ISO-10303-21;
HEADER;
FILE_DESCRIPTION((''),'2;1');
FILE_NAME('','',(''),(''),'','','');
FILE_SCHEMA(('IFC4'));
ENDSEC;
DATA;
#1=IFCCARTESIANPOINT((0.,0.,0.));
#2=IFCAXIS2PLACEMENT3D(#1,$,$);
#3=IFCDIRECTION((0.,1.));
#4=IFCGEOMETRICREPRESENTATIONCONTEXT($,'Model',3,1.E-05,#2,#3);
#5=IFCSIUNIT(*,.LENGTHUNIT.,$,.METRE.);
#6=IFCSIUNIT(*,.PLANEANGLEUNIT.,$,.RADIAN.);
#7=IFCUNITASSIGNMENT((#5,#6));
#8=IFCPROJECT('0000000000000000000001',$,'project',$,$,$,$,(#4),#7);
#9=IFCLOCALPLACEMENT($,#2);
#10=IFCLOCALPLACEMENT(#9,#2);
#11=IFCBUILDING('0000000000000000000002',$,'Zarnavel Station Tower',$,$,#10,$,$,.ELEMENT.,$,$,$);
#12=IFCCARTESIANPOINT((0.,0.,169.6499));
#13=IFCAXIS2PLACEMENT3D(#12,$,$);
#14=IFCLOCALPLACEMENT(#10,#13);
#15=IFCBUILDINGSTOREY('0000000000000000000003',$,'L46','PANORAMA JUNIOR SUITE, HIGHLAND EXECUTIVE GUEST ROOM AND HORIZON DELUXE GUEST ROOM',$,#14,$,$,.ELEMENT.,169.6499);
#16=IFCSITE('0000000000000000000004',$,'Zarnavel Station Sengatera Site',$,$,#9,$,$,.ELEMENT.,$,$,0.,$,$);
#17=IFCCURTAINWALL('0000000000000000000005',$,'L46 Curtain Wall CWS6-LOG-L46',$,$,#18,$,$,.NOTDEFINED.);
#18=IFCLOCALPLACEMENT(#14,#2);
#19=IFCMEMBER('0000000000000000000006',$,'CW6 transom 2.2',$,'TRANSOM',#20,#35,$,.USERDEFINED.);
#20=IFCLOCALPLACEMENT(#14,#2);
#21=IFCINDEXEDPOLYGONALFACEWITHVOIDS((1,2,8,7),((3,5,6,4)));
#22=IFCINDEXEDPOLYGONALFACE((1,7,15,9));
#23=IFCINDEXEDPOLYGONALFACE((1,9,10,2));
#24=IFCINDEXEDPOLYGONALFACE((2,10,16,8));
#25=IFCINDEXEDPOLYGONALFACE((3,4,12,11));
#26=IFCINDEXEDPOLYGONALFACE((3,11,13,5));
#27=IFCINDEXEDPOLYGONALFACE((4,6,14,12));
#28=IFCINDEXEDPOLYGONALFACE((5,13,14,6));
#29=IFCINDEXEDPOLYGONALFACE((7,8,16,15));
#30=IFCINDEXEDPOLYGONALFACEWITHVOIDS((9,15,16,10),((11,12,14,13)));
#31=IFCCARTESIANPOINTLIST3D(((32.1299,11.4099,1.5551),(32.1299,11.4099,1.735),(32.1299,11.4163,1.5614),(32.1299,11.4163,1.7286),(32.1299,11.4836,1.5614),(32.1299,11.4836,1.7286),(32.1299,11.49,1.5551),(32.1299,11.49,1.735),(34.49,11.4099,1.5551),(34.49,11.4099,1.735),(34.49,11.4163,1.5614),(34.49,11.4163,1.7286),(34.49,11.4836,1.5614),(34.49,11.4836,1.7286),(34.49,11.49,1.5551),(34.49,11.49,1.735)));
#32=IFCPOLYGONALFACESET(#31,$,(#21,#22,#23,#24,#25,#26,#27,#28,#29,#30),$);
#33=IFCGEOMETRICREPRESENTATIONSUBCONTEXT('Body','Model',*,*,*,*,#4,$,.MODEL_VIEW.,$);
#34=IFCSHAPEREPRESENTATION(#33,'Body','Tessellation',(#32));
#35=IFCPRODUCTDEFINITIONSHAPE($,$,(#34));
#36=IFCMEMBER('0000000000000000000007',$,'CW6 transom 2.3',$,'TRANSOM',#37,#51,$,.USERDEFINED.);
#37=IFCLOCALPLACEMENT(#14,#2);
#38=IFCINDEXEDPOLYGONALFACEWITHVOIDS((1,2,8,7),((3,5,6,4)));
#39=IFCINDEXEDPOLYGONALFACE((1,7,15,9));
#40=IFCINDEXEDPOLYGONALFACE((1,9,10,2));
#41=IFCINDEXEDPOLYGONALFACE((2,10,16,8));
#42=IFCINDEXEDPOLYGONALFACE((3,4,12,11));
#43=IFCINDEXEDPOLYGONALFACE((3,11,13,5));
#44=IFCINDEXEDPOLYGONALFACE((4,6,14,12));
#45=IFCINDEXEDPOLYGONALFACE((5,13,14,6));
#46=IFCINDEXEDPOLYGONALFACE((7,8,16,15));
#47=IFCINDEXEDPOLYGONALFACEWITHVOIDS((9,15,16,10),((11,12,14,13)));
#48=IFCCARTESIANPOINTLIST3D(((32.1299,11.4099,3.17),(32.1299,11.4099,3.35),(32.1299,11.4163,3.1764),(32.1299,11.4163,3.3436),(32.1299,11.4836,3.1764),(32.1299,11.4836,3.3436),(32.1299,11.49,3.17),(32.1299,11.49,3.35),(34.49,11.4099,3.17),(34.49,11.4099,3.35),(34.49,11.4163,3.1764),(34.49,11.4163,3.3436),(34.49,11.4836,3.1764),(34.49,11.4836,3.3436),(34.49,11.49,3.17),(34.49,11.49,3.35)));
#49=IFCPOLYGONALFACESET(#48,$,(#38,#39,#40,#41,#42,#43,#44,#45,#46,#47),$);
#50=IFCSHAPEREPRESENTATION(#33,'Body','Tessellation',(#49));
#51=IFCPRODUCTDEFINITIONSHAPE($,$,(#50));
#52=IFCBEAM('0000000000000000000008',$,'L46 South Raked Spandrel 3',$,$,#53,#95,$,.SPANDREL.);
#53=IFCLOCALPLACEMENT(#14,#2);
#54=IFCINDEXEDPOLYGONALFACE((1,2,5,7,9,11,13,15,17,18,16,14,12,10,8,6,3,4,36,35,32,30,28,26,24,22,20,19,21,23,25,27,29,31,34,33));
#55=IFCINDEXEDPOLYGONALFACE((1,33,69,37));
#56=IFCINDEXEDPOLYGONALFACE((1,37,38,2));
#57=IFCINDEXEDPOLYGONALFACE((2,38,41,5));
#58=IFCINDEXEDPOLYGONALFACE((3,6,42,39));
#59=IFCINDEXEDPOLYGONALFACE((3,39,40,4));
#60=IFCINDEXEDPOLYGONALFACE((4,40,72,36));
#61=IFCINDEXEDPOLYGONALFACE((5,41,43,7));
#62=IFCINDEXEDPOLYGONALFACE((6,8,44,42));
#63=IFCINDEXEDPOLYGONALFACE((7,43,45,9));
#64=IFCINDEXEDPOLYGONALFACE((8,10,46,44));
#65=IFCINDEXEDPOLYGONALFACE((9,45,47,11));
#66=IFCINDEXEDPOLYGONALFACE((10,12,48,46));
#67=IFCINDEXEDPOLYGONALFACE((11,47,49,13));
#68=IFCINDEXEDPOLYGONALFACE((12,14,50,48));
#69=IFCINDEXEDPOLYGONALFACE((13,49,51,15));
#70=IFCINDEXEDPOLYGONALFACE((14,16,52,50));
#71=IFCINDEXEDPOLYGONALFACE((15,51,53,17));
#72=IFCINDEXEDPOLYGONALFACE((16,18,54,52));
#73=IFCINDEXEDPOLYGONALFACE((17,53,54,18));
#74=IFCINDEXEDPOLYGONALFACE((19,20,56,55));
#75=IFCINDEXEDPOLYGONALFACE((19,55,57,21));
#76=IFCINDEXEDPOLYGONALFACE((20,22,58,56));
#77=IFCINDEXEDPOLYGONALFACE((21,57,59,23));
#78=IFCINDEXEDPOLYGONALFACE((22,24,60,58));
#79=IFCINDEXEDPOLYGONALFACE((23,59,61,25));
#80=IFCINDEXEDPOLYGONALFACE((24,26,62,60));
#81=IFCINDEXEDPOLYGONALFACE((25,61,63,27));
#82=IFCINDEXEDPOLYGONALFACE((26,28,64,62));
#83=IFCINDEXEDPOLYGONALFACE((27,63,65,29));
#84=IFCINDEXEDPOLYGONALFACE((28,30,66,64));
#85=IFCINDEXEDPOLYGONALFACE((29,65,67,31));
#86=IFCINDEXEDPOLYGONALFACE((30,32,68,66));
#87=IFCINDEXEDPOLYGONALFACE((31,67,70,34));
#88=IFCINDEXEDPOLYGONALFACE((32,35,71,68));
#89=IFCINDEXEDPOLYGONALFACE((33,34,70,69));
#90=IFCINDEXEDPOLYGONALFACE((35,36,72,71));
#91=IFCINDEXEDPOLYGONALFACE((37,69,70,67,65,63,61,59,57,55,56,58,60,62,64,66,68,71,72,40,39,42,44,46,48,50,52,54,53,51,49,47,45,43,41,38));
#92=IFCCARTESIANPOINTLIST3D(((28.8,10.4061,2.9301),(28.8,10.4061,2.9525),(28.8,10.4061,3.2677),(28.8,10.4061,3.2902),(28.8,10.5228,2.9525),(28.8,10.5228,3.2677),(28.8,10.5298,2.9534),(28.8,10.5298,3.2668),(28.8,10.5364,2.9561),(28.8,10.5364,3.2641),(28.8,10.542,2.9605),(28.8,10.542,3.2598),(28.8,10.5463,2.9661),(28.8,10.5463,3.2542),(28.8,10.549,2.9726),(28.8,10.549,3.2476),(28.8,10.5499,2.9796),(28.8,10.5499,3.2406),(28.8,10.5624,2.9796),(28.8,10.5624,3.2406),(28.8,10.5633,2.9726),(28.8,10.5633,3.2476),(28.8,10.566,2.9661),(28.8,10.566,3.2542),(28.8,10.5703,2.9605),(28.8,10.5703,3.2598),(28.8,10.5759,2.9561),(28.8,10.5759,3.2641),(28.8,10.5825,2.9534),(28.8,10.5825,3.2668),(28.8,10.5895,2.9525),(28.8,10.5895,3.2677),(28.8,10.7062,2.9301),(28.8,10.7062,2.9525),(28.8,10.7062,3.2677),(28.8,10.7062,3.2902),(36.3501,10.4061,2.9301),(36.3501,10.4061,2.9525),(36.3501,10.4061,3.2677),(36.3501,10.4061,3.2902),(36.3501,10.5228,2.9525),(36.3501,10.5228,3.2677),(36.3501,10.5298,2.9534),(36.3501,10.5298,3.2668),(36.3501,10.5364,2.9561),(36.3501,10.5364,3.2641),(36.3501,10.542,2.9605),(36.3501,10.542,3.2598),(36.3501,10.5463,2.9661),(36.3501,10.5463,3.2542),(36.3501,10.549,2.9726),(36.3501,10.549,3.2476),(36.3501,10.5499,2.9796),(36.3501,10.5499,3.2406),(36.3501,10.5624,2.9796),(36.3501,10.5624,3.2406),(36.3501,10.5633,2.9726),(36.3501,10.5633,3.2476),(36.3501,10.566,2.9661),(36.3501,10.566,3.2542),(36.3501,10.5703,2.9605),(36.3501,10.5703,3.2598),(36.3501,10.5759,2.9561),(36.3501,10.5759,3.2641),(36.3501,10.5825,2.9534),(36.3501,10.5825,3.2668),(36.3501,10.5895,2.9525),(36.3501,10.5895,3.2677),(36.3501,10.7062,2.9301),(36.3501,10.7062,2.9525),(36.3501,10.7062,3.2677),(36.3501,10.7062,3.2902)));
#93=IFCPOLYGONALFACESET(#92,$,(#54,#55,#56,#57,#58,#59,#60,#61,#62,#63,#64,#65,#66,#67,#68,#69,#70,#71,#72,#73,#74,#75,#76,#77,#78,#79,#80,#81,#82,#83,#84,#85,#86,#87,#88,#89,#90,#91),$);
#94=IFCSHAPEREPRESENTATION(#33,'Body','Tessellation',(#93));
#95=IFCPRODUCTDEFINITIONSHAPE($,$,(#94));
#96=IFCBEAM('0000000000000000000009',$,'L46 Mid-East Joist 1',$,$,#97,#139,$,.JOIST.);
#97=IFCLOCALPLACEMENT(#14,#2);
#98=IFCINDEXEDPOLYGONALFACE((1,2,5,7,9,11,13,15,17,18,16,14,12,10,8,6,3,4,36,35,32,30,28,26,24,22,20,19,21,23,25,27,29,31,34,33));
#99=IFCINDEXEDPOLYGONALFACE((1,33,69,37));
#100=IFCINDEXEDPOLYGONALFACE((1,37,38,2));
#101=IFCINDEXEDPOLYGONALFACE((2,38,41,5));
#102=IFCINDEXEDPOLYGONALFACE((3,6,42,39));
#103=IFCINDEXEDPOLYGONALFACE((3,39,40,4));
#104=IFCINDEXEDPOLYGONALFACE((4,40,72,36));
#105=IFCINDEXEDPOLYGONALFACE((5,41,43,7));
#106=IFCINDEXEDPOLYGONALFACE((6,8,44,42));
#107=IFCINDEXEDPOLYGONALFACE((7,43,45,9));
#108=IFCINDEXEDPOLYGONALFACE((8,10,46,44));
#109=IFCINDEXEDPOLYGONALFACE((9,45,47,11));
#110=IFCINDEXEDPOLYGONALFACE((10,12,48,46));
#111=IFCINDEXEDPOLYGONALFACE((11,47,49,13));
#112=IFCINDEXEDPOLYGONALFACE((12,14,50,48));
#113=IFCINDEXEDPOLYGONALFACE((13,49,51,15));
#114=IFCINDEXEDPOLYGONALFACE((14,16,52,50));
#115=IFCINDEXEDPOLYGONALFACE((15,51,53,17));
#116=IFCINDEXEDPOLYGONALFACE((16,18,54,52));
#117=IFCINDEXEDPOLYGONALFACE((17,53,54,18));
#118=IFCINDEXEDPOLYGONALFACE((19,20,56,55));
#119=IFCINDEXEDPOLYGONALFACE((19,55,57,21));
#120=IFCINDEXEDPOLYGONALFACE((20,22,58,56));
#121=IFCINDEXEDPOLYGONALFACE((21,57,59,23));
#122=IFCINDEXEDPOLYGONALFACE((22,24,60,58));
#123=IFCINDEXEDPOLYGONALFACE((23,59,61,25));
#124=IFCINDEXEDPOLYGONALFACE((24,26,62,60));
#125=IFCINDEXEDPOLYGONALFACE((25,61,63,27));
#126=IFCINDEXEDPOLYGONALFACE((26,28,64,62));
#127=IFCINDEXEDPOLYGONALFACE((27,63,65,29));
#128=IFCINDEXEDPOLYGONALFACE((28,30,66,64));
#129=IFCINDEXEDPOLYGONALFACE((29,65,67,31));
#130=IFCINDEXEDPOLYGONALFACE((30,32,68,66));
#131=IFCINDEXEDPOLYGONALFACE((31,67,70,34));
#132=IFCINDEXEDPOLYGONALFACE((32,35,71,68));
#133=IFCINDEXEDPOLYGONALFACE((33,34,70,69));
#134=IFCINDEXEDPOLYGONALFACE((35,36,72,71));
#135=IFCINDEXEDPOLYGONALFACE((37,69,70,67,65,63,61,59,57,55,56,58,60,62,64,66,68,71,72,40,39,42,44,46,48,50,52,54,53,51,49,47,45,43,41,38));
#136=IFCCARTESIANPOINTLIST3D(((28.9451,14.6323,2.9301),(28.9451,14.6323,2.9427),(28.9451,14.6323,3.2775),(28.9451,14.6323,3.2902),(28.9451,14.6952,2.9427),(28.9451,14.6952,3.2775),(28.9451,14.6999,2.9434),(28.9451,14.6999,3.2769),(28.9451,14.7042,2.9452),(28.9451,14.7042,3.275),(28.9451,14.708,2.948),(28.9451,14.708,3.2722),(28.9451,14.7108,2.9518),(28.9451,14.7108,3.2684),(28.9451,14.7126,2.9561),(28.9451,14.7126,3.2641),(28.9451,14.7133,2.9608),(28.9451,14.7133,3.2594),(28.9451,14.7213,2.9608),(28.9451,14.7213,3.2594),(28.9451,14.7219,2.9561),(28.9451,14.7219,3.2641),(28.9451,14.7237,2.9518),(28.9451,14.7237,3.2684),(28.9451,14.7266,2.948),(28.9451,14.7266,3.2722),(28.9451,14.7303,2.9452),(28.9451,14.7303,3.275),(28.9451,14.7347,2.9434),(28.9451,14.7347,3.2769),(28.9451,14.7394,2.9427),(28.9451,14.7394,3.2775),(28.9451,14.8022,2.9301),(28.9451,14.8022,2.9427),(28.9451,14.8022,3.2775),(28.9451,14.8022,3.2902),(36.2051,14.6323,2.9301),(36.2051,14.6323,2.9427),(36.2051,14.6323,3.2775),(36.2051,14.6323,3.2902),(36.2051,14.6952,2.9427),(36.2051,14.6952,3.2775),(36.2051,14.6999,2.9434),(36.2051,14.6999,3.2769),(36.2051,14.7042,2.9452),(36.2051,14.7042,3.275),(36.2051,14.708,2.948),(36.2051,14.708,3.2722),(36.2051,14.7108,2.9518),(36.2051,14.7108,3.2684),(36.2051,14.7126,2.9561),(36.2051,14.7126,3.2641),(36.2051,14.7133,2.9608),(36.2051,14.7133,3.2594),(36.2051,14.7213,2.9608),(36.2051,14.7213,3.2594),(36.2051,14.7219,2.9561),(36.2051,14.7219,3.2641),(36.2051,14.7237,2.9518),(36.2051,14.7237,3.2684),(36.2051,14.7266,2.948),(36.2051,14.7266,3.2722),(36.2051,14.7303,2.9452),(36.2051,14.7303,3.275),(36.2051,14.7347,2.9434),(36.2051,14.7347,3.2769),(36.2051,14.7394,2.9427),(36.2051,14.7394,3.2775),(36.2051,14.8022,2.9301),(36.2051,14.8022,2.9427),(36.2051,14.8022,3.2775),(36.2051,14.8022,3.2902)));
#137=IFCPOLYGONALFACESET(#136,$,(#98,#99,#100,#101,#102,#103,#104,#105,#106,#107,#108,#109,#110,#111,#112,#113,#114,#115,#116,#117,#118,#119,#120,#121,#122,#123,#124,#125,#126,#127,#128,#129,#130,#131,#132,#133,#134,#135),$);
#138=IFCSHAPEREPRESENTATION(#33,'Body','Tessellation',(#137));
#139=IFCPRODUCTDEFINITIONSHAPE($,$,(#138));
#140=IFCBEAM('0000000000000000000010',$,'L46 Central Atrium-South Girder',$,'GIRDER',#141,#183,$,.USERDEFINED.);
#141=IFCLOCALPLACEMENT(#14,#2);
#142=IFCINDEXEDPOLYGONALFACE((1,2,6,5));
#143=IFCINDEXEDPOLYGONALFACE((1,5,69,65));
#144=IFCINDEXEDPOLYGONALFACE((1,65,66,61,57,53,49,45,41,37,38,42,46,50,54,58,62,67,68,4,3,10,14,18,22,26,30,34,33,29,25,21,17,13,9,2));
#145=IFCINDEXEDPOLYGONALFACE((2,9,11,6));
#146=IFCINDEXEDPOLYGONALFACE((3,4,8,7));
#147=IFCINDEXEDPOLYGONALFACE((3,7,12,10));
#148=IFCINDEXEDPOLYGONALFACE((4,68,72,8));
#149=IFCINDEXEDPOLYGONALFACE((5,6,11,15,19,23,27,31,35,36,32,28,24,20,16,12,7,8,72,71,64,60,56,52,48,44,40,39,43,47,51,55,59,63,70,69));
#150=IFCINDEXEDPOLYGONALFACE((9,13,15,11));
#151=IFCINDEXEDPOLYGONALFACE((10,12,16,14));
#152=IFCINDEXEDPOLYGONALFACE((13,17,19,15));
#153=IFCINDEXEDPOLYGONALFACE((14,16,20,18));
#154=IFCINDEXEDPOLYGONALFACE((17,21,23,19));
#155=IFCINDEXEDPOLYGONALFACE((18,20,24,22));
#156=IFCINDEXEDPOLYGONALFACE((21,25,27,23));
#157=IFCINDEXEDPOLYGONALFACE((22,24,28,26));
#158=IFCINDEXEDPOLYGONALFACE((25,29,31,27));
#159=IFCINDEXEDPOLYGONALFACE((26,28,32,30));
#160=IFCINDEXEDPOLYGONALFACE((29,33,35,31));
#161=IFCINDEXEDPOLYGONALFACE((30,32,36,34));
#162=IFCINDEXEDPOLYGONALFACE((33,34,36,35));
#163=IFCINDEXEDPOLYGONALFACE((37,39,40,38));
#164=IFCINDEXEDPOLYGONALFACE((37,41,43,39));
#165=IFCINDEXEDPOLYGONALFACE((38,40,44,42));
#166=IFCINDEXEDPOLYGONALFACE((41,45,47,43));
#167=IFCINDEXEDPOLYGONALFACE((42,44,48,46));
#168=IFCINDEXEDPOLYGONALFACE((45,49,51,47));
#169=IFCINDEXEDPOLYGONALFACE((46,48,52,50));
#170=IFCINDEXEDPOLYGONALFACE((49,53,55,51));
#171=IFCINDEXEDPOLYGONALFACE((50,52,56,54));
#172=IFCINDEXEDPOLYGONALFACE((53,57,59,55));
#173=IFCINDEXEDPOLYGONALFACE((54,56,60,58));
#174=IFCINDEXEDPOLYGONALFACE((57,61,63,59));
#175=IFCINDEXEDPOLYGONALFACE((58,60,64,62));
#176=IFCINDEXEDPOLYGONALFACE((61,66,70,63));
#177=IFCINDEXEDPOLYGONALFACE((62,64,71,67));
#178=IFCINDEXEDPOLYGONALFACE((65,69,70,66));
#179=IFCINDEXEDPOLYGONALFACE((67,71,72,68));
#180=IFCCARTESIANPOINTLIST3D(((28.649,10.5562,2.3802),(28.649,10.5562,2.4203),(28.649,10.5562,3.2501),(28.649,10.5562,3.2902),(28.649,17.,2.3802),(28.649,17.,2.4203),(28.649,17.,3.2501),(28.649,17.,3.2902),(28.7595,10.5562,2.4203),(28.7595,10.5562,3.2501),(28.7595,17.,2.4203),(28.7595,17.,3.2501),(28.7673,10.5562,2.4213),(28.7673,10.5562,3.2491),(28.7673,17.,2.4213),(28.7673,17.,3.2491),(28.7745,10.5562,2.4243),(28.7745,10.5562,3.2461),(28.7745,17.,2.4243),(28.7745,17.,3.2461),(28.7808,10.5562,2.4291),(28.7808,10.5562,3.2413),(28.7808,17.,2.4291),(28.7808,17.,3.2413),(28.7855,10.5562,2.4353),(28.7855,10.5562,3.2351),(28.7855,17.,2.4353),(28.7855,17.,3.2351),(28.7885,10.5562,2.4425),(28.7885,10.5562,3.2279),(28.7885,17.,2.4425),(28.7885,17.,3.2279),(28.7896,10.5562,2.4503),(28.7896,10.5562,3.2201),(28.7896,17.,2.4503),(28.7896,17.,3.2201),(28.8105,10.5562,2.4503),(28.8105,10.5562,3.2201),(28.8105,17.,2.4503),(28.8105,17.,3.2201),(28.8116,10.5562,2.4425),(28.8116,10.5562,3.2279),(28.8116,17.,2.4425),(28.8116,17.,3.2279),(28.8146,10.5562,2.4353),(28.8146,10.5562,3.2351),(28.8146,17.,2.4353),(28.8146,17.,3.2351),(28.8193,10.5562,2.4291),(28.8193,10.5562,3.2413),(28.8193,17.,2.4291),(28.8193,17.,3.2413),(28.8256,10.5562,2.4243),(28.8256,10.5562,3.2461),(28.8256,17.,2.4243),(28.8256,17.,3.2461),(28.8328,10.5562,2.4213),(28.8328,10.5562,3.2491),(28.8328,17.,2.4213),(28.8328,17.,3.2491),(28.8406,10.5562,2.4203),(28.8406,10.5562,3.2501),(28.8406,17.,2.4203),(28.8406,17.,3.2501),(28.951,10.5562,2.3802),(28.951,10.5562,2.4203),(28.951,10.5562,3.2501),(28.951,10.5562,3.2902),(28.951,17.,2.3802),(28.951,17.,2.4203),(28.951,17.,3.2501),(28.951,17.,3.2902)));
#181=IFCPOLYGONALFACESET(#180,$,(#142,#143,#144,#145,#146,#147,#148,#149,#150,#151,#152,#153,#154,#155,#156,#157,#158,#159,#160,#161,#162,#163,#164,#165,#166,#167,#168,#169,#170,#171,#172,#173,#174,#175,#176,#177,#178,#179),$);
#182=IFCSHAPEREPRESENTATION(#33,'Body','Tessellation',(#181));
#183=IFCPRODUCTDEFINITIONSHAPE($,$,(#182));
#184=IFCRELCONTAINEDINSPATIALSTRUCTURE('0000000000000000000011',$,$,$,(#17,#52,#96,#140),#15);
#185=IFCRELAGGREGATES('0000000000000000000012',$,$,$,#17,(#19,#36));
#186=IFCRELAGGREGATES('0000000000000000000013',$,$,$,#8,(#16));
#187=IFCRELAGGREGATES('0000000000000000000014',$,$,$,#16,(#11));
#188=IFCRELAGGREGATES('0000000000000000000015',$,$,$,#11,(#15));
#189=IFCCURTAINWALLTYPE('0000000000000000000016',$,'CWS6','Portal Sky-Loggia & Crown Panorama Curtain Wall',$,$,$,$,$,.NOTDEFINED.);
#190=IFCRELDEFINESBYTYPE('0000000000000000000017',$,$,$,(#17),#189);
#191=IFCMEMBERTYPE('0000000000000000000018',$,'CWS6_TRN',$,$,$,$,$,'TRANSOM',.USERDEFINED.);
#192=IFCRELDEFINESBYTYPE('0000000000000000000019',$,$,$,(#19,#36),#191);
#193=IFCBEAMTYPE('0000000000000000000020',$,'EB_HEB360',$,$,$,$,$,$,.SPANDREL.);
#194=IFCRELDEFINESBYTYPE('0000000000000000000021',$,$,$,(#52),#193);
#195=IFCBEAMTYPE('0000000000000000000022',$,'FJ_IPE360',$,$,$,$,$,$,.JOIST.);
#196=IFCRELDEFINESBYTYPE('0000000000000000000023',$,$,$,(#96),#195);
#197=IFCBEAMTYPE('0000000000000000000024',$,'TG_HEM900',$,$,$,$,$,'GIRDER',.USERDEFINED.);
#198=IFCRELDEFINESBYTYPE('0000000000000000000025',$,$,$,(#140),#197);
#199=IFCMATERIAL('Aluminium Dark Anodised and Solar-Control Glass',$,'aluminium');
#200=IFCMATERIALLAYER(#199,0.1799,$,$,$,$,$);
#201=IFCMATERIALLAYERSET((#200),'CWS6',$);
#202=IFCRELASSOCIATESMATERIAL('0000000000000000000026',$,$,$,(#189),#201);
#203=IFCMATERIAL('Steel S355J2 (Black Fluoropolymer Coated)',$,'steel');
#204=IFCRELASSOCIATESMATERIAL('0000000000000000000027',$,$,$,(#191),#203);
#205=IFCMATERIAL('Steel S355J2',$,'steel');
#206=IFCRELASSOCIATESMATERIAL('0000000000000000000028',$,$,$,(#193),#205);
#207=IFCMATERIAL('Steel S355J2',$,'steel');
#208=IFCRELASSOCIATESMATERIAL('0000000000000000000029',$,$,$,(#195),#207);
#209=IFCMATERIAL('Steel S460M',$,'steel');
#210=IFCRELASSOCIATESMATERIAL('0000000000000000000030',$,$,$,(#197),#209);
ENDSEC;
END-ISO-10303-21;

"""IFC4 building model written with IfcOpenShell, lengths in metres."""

from ifc_helpers import new_model, si_unit, direction, frame, origin, origin_2d, place, context, subcontext, project, spatial, hollow_rectangle, i_section, extrude, material, layer, layer_set, material_profile, profile_set, type_object, element, aggregate, save


model = new_model("IFC4")

# Units and contexts
model_context = context("Model", 3, precision=1e-05, world=origin(), true_north=direction((0.0, 1.0)))
body_context = subcontext(model_context, "Body", "Model", "MODEL_VIEW")
ifc_project = project(units=[si_unit("LENGTHUNIT", "METRE"), si_unit("PLANEANGLEUNIT", "RADIAN")], contexts=[model_context])

# Site, building, storey
site_placement = place(None, origin())
site = spatial("IfcSite", under=ifc_project, at=site_placement, Name="Zarnavel Station Sengatera Site", CompositionType="ELEMENT", RefElevation=0.0)
building_placement = place(site_placement, origin())
building = spatial("IfcBuilding", under=site, at=building_placement, Name="Zarnavel Station Tower", CompositionType="ELEMENT")
storey_placement = place(building_placement, frame((0.0, 0.0, 169.6499)))
storey = spatial("IfcBuildingStorey", under=building, at=storey_placement, Name="L46", Description="PANORAMA JUNIOR SUITE, HIGHLAND EXECUTIVE GUEST ROOM AND HORIZON DELUXE GUEST ROOM", CompositionType="ELEMENT", Elevation=169.6499)

# Curtain wall, members
ifc_material_1 = material(Name="Aluminium Dark Anodised and Solar-Control Glass", Category="aluminium")
ifc_layer_1 = layer(ifc_material_1, 0.1799)
ifc_layer_set_1 = layer_set([ifc_layer_1], Name="CWS6")
curtain_wall_type_1 = type_object("IfcCurtainWallType", Name="CWS6", Description="Portal Sky-Loggia & Crown Panorama Curtain Wall", PredefinedType="NOTDEFINED", material=ifc_layer_set_1)
curtain_wall_1_placement = place(storey_placement, origin())
curtain_wall_1 = element("IfcCurtainWall", 1, at=curtain_wall_1_placement, inside=storey, type_object=curtain_wall_type_1, Name="L46 Curtain Wall CWS6-LOG-L46", PredefinedType="NOTDEFINED")
ifc_material_2 = material(Name="Steel S355J2 (Black Fluoropolymer Coated)", Category="steel")
ifc_material_profile_1 = material_profile(ifc_material_2, hollow_rectangle(XDim=0.0801, YDim=0.1799, WallThickness=0.0063, at=origin_2d()), Name="RHS180x80x6.3")
ifc_profile_set_1 = profile_set([ifc_material_profile_1], Name="Steel S355J2 (Black Fluoropolymer Coated)")
member_type_1 = type_object("IfcMemberType", Name="CWS6_TRN", ElementType="TRANSOM", PredefinedType="USERDEFINED", material=ifc_profile_set_1)
member_1_placement = place(storey_placement, frame((32.1299, 11.45, 1.645), z_axis=(1.0, 0.0, 0.0), x_axis=(0.0, 1.0, 0.0)))
member_1 = element("IfcMember", 2, at=member_1_placement, type_object=member_type_1, Name="CW6 transom 2.2", ObjectType="TRANSOM", PredefinedType="USERDEFINED", context=body_context, shape_type="SweptSolid", body=[
    extrude(hollow_rectangle(XDim=0.0801, YDim=0.1799, WallThickness=0.0063, at=origin_2d()), origin(), (0.0, 0.0, 1.0), 2.3601),
])
member_2_placement = place(storey_placement, frame((32.1299, 11.45, 3.26), z_axis=(1.0, 0.0, 0.0), x_axis=(0.0, 1.0, 0.0)))
member_2 = element("IfcMember", 3, at=member_2_placement, type_object=member_type_1, Name="CW6 transom 2.3", ObjectType="TRANSOM", PredefinedType="USERDEFINED", context=body_context, shape_type="SweptSolid", body=[
    extrude(hollow_rectangle(XDim=0.0801, YDim=0.1799, WallThickness=0.0063, at=origin_2d()), origin(), (0.0, 0.0, 1.0), 2.3601),
])

# Beams
ifc_material_3 = material(Name="Steel S355J2", Category="steel")
ifc_material_profile_2 = material_profile(ifc_material_3, i_section(OverallWidth=0.3, OverallDepth=0.3601, WebThickness=0.0125, FlangeThickness=0.0225, FilletRadius=0.0271, at=origin_2d()), Name="HEB360")
ifc_profile_set_2 = profile_set([ifc_material_profile_2], Name="Steel S355J2")
beam_type_1 = type_object("IfcBeamType", Name="EB_HEB360", PredefinedType="SPANDREL", material=ifc_profile_set_2)
beam_1_placement = place(storey_placement, frame((28.8, 10.5562, 3.1101), z_axis=(1.0, 0.0, 0.0), x_axis=(0.0, 1.0, 0.0)))
element("IfcBeam", 4, at=beam_1_placement, inside=storey, type_object=beam_type_1, Name="L46 South Raked Spandrel 3", PredefinedType="SPANDREL", context=body_context, shape_type="SweptSolid", body=[
    extrude(i_section(OverallWidth=0.3, OverallDepth=0.3601, WebThickness=0.0125, FlangeThickness=0.0225, FilletRadius=0.0271, at=origin_2d()), origin(), (0.0, 0.0, 1.0), 7.55),
])
ifc_material_4 = material(Name="Steel S355J2", Category="steel")
ifc_material_profile_3 = material_profile(ifc_material_4, i_section(OverallWidth=0.1699, OverallDepth=0.3601, WebThickness=0.0081, FlangeThickness=0.0127, FilletRadius=0.0181, at=origin_2d()), Name="IPE360")
ifc_profile_set_3 = profile_set([ifc_material_profile_3], Name="Steel S355J2")
beam_type_2 = type_object("IfcBeamType", Name="FJ_IPE360", PredefinedType="JOIST", material=ifc_profile_set_3)
beam_2_placement = place(storey_placement, frame((28.9451, 14.7173, 3.1101), z_axis=(1.0, 0.0, 0.0), x_axis=(0.0, 1.0, 0.0)))
element("IfcBeam", 5, at=beam_2_placement, inside=storey, type_object=beam_type_2, Name="L46 Mid-East Joist 1", PredefinedType="JOIST", context=body_context, shape_type="SweptSolid", body=[
    extrude(i_section(OverallWidth=0.1699, OverallDepth=0.3601, WebThickness=0.0081, FlangeThickness=0.0127, FilletRadius=0.0181, at=origin_2d()), origin(), (0.0, 0.0, 1.0), 7.26),
])
ifc_material_5 = material(Name="Steel S460M", Category="steel")
ifc_material_profile_4 = material_profile(ifc_material_5, i_section(OverallWidth=0.302, OverallDepth=0.9099, WebThickness=0.021, FlangeThickness=0.04, FilletRadius=0.03, at=origin_2d()), Name="HEM900")
ifc_profile_set_4 = profile_set([ifc_material_profile_4], Name="Steel S460M")
beam_type_3 = type_object("IfcBeamType", Name="TG_HEM900", ElementType="GIRDER", PredefinedType="USERDEFINED", material=ifc_profile_set_4)
beam_3_placement = place(storey_placement, frame((28.8, 10.5562, 2.8352), z_axis=(0.0, 1.0, 0.0), x_axis=(-1.0, 0.0, 0.0)))
element("IfcBeam", 6, at=beam_3_placement, inside=storey, type_object=beam_type_3, Name="L46 Central Atrium-South Girder", ObjectType="GIRDER", PredefinedType="USERDEFINED", context=body_context, shape_type="SweptSolid", body=[
    extrude(i_section(OverallWidth=0.302, OverallDepth=0.9099, WebThickness=0.021, FlangeThickness=0.04, FilletRadius=0.03, at=origin_2d()), origin(), (0.0, 0.0, 1.0), 6.4438),
])

aggregate(curtain_wall_1, [member_1, member_2])

save(model, "model.ifc")
